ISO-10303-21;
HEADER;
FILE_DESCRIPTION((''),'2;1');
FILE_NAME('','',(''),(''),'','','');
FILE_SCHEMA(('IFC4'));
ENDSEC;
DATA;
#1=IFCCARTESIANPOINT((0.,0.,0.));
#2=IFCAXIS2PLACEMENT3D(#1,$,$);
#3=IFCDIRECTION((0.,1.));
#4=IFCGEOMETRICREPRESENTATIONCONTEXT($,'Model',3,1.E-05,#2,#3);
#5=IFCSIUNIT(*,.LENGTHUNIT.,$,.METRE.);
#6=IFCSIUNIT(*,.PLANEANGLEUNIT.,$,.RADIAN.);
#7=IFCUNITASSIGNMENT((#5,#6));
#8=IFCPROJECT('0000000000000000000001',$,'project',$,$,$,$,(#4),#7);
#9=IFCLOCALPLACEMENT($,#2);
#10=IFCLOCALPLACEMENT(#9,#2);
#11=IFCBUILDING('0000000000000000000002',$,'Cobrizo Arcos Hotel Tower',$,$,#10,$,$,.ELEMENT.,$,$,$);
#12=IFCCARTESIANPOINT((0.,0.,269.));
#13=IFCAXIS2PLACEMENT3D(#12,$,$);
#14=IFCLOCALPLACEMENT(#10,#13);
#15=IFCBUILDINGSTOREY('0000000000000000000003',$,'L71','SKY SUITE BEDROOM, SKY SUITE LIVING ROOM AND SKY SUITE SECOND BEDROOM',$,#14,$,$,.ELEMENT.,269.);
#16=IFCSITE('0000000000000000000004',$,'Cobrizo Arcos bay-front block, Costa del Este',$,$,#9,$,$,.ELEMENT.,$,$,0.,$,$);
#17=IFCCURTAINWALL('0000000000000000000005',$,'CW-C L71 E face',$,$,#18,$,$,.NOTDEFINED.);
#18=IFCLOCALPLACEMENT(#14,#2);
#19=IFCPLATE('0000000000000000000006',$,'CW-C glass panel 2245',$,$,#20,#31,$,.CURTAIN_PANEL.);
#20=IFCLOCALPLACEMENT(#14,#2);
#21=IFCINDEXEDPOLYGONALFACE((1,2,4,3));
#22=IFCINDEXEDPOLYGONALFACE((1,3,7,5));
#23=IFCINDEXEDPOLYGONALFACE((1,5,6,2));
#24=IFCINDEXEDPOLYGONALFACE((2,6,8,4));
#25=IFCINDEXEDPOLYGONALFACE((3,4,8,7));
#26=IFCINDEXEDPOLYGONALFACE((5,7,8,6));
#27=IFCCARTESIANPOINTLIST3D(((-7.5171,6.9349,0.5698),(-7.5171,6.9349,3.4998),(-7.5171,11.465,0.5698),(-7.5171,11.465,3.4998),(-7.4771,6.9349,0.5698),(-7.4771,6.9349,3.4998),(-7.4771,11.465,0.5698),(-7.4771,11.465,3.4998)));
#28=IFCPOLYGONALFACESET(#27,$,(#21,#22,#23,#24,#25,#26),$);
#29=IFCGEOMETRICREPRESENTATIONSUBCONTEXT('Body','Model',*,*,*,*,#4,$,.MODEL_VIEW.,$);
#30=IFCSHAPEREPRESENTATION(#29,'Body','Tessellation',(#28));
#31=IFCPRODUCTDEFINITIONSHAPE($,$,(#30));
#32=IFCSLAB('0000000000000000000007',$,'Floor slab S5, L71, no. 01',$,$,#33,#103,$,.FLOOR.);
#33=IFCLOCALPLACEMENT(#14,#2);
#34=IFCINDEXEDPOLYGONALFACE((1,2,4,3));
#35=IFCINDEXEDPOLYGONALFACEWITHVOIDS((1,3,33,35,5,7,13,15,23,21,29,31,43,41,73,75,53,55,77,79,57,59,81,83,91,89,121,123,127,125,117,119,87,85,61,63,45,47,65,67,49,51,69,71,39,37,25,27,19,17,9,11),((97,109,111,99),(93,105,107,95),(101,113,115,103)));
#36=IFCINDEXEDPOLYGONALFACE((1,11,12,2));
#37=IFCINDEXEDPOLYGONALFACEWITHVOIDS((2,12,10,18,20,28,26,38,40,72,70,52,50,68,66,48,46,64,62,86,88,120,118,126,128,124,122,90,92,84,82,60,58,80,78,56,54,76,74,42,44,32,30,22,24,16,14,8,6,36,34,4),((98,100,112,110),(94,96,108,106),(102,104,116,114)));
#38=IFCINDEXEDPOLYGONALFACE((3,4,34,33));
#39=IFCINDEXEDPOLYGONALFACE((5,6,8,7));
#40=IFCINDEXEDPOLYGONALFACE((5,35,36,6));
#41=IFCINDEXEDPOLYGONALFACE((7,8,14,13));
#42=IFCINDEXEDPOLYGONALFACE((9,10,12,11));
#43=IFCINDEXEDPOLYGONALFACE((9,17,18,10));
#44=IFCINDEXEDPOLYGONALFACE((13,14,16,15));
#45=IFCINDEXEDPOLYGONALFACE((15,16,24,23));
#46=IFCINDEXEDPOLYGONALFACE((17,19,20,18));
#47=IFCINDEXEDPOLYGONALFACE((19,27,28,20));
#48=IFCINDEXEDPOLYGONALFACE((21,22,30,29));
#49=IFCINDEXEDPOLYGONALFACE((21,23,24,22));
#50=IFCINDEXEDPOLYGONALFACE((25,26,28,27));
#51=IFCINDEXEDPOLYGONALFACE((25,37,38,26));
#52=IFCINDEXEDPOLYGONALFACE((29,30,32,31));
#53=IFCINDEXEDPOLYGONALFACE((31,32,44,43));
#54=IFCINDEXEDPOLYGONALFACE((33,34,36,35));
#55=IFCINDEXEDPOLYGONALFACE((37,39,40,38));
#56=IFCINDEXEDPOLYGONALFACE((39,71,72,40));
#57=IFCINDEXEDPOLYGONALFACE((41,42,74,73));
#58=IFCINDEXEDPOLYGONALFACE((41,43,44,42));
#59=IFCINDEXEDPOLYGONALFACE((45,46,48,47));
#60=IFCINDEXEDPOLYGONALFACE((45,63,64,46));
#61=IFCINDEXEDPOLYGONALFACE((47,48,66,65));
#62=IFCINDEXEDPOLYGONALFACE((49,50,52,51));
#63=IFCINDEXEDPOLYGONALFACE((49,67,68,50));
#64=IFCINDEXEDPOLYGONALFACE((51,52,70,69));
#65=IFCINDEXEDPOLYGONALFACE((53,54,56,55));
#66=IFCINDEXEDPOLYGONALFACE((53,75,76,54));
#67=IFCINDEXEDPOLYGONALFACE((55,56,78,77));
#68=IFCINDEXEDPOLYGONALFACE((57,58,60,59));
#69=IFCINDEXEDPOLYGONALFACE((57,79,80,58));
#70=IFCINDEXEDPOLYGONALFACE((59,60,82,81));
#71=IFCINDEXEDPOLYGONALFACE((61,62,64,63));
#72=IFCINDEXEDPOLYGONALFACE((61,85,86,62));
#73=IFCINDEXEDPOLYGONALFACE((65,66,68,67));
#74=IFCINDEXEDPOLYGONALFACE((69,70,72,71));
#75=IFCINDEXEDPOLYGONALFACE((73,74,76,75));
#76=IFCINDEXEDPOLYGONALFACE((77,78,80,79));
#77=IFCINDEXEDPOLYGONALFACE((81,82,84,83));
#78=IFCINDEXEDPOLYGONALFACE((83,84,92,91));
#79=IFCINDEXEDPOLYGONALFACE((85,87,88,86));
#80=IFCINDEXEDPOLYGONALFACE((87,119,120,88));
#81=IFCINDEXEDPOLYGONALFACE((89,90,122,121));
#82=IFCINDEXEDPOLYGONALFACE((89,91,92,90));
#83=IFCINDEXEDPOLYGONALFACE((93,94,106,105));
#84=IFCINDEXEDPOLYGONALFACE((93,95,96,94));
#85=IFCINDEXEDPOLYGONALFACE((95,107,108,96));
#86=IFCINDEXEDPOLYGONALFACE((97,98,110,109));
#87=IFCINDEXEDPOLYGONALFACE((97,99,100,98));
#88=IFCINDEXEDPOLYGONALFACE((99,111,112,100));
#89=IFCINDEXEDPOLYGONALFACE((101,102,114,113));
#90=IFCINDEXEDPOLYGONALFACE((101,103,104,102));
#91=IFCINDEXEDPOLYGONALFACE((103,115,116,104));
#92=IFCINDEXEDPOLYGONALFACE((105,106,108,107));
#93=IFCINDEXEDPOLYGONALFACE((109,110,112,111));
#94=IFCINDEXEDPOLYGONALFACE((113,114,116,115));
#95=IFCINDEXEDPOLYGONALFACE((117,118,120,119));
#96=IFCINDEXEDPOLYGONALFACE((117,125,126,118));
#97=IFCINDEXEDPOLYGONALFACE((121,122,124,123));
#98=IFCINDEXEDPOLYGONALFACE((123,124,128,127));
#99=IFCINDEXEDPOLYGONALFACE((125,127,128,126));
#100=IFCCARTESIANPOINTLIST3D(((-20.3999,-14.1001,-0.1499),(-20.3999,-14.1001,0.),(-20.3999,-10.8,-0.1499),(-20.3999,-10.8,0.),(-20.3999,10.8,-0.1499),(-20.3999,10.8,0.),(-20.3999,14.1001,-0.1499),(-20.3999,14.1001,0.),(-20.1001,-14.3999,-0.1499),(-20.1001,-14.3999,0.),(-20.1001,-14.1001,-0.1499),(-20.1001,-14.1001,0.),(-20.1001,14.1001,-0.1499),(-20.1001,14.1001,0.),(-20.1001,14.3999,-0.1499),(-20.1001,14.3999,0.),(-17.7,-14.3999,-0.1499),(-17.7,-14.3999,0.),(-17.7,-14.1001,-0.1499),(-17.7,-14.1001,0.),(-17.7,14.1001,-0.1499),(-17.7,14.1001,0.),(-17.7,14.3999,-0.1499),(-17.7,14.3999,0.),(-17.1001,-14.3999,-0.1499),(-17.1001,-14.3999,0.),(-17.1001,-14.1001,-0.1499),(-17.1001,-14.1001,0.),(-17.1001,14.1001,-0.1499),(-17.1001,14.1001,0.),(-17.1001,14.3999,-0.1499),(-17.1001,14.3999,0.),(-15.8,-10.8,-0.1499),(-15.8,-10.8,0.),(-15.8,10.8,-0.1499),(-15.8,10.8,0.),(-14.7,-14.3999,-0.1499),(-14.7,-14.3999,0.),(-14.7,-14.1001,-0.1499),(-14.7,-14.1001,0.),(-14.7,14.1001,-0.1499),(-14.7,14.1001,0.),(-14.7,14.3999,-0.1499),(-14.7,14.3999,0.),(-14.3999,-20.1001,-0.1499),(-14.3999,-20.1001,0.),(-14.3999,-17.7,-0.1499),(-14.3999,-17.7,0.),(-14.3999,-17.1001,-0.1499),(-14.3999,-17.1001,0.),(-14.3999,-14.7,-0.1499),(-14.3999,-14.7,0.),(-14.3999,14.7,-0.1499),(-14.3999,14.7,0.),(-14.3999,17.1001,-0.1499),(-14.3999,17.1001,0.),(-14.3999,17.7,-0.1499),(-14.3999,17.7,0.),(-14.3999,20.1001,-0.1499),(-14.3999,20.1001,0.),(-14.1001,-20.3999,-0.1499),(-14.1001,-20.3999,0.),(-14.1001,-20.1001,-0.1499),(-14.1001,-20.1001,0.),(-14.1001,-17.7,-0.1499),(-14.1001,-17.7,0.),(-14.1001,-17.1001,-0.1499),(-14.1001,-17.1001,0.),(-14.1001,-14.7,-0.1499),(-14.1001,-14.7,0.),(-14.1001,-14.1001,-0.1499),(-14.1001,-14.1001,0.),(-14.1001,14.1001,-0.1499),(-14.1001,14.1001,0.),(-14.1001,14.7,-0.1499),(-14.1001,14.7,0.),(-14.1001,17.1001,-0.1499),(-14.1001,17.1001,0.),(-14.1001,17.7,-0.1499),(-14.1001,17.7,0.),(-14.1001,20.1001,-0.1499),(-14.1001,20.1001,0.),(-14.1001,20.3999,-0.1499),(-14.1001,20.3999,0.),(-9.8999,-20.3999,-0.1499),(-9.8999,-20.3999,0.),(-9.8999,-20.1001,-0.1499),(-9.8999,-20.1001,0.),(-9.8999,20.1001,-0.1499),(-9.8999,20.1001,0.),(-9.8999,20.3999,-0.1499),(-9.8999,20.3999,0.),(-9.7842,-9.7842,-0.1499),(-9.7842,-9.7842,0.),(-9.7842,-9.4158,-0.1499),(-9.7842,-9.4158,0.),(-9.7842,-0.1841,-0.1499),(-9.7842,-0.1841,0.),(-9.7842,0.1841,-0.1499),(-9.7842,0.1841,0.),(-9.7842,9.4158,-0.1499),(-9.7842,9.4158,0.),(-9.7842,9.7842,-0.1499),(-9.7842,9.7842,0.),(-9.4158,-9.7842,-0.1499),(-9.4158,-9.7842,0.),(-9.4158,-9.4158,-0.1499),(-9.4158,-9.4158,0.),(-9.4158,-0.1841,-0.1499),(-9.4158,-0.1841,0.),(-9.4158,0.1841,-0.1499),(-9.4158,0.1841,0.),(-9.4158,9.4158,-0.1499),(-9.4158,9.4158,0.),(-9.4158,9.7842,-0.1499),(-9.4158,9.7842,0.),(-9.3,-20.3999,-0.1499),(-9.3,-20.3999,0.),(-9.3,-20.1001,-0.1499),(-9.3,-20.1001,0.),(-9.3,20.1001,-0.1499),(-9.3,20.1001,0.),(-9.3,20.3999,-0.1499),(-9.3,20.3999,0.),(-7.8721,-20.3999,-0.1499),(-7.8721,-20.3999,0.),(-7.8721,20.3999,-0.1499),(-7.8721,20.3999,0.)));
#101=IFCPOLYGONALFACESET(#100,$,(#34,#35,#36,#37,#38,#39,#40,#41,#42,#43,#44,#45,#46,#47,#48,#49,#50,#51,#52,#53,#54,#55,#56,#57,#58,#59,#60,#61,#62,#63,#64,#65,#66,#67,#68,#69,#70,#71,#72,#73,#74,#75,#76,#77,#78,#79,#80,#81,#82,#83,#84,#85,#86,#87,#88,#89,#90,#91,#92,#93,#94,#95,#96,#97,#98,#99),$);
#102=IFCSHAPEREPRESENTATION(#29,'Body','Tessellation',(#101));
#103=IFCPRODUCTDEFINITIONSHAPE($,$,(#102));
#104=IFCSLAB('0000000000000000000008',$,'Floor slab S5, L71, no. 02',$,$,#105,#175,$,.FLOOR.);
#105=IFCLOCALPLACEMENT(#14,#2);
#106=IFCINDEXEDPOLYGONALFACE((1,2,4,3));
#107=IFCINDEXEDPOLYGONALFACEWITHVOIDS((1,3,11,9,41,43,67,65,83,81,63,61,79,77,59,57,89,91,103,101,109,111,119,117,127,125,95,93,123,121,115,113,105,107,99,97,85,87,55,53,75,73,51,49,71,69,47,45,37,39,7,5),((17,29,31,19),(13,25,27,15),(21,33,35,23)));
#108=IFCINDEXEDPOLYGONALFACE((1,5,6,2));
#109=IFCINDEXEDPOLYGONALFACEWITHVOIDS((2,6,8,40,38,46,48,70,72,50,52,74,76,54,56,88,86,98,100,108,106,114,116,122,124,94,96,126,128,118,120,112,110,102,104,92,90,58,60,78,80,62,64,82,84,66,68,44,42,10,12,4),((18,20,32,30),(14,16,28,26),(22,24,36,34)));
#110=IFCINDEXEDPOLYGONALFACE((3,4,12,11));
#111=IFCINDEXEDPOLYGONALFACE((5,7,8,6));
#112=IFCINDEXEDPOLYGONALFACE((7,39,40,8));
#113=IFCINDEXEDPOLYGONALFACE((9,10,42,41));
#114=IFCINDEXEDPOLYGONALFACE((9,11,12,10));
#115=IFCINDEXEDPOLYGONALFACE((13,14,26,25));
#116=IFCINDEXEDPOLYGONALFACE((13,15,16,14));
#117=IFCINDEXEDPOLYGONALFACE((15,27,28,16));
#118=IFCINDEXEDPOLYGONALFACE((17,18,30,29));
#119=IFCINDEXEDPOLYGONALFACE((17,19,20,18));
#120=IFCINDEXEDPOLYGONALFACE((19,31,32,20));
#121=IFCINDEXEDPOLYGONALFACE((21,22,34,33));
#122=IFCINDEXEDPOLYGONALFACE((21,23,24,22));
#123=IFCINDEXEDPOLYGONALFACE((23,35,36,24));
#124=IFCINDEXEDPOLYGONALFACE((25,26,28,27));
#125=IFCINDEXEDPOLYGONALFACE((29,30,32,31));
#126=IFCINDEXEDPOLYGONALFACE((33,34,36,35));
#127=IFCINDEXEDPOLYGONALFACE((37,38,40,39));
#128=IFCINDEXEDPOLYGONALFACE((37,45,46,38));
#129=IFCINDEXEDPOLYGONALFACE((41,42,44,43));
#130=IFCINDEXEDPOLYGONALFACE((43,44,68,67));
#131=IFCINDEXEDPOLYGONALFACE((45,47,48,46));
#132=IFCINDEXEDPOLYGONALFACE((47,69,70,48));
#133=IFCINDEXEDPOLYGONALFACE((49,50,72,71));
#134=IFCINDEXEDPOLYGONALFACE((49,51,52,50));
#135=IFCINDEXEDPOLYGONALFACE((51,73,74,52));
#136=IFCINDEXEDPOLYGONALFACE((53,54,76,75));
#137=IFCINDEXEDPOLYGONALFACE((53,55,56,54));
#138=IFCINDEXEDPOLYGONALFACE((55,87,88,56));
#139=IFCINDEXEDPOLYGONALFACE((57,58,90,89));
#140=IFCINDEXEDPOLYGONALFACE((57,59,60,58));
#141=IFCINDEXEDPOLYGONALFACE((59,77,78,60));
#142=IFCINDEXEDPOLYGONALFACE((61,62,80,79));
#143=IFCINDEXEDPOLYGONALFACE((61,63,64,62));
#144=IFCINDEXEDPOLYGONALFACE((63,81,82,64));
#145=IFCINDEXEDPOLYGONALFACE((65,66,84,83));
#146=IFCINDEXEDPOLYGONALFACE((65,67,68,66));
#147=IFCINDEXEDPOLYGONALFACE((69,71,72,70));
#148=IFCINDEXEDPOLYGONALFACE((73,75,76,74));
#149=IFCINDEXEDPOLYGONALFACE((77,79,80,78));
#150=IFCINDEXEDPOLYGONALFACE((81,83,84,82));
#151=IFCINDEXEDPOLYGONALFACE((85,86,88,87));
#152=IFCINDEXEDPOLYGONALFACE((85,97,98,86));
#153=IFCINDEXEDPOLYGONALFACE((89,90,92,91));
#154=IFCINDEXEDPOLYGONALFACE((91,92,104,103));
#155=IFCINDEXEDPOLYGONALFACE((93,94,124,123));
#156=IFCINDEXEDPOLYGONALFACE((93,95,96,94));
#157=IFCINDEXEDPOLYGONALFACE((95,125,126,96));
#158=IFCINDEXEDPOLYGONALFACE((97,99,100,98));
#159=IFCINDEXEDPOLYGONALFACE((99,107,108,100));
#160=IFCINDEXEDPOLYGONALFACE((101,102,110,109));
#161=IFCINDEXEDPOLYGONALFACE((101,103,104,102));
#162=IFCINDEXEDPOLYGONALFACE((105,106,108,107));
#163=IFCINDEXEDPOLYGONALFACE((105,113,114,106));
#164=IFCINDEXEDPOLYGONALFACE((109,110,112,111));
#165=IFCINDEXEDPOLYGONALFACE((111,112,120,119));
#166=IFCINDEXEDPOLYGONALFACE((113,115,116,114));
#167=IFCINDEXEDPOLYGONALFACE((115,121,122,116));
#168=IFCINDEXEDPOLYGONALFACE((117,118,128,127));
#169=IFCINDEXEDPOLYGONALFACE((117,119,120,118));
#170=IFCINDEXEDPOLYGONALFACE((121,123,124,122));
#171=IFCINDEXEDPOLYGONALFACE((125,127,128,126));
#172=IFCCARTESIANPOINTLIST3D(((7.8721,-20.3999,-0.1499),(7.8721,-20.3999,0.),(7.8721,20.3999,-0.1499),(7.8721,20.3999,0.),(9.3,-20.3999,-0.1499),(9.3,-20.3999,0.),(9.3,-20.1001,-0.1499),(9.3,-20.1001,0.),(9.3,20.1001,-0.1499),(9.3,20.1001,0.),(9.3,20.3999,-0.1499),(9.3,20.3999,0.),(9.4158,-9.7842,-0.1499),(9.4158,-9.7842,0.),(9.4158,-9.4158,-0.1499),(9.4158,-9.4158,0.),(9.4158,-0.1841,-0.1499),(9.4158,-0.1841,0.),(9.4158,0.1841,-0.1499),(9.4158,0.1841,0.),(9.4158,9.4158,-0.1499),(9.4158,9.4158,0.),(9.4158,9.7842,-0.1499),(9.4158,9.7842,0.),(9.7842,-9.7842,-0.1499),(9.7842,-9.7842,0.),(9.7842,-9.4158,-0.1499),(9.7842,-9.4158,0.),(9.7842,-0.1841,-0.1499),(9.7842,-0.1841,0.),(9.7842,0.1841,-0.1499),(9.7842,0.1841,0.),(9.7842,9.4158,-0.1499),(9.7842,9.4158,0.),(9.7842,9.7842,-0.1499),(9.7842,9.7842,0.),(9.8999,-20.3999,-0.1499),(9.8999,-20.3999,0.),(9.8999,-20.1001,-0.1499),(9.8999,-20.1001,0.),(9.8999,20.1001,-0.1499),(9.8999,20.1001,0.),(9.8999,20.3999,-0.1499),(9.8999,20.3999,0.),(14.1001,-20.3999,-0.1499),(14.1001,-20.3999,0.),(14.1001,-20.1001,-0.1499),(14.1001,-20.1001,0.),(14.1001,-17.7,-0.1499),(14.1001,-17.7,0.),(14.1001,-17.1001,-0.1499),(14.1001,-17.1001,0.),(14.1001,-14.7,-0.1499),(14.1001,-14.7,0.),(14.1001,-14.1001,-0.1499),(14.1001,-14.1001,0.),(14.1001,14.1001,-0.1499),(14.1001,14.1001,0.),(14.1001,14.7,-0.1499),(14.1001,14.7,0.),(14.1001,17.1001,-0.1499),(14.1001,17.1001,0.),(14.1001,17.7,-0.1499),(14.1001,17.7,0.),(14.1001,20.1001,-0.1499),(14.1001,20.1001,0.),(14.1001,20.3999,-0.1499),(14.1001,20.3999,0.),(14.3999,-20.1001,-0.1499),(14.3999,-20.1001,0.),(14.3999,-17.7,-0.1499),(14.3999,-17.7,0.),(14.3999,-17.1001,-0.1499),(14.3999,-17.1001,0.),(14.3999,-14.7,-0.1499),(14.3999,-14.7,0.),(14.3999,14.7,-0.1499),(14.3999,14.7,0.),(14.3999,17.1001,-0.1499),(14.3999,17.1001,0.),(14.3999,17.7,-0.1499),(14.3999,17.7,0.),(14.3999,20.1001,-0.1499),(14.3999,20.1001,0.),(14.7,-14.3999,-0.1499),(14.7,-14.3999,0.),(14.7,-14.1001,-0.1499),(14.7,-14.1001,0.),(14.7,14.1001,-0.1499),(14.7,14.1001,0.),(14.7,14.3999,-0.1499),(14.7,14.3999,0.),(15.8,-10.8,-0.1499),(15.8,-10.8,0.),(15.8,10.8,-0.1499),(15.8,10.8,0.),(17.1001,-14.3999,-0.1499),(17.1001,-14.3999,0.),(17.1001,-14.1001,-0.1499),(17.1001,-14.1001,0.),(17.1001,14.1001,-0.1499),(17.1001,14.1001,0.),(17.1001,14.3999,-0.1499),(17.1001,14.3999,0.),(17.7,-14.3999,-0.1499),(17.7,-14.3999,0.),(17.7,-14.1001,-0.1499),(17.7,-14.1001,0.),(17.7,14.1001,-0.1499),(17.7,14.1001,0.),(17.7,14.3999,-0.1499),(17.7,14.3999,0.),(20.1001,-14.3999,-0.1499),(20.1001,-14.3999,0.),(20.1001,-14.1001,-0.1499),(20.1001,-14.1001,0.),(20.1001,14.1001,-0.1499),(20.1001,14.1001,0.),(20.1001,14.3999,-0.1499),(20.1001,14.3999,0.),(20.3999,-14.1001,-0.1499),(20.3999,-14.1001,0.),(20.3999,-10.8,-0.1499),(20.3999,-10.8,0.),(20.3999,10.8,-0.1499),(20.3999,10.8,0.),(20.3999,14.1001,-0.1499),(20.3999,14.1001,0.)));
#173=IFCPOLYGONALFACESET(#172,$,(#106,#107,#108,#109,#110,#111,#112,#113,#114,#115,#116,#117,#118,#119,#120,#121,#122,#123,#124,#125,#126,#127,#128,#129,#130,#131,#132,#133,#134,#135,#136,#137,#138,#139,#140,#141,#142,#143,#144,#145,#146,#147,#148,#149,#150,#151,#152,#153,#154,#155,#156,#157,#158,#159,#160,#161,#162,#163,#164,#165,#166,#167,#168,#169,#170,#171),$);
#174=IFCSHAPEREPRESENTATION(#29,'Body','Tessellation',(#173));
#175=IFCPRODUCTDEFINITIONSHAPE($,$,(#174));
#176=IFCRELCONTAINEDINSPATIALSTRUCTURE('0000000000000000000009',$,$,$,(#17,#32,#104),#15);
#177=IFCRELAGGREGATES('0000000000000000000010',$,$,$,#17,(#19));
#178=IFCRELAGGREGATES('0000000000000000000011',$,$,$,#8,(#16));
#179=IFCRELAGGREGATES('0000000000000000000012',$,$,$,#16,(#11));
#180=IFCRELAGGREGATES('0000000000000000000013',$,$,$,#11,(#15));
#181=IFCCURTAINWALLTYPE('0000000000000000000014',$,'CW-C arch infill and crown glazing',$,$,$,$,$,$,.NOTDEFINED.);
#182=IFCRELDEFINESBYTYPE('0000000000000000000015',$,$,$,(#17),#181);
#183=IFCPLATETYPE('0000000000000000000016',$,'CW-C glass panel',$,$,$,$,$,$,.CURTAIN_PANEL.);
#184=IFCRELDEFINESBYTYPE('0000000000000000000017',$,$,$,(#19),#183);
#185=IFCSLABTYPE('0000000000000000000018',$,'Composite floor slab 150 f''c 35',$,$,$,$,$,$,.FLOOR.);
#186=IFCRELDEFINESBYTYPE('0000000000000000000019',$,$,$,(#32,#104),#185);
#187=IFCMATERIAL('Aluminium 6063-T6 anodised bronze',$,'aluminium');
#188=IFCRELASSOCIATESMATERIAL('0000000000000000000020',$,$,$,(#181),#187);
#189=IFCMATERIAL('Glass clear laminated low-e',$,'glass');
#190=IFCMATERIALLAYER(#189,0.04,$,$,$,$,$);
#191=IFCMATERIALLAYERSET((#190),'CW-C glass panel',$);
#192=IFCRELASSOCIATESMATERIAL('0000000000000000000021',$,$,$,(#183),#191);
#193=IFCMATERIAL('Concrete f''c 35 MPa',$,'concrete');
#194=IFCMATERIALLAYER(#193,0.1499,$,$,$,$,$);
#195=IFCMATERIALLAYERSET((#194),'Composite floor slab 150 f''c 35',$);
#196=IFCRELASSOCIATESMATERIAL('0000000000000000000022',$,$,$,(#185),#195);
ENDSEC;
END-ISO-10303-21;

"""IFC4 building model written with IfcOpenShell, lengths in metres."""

from ifc_helpers import new_model, si_unit, direction, frame, origin, origin_2d, place, context, subcontext, project, spatial, polyline, rectangle, outline, extrude, material, layer, layer_set, type_object, element, aggregate, save


model = new_model("IFC4")

# Units and contexts
model_context = context("Model", 3, precision=1e-05, world=origin(), true_north=direction((0.0, 1.0)))
body_context = subcontext(model_context, "Body", "Model", "MODEL_VIEW")
ifc_project = project(units=[si_unit("LENGTHUNIT", "METRE"), si_unit("PLANEANGLEUNIT", "RADIAN")], contexts=[model_context])

# Site, building, storey
site_placement = place(None, origin())
site = spatial("IfcSite", under=ifc_project, at=site_placement, Name="Cobrizo Arcos bay-front block, Costa del Este", CompositionType="ELEMENT", RefElevation=0.0)
building_placement = place(site_placement, origin())
building = spatial("IfcBuilding", under=site, at=building_placement, Name="Cobrizo Arcos Hotel Tower", CompositionType="ELEMENT")
storey_placement = place(building_placement, frame((0.0, 0.0, 269.0)))
storey = spatial("IfcBuildingStorey", under=building, at=storey_placement, Name="L71", Description="SKY SUITE BEDROOM, SKY SUITE LIVING ROOM AND SKY SUITE SECOND BEDROOM", CompositionType="ELEMENT", Elevation=269.0)

# Curtain wall
ifc_material_1 = material(Name="Aluminium 6063-T6 anodised bronze", Category="aluminium")
curtain_wall_type = type_object("IfcCurtainWallType", Name="CW-C arch infill and crown glazing", PredefinedType="NOTDEFINED", material=ifc_material_1)
curtain_wall_placement = place(storey_placement, origin())
curtain_wall = element("IfcCurtainWall", 1, at=curtain_wall_placement, inside=storey, type_object=curtain_wall_type, Name="CW-C L71 E face", PredefinedType="NOTDEFINED")

# Plate
ifc_material_2 = material(Name="Glass clear laminated low-e", Category="glass")
ifc_layer_1 = layer(ifc_material_2, 0.04)
ifc_layer_set_1 = layer_set([ifc_layer_1], Name="CW-C glass panel")
plate_type = type_object("IfcPlateType", Name="CW-C glass panel", PredefinedType="CURTAIN_PANEL", material=ifc_layer_set_1)
plate_1_placement = place(storey_placement, frame((-7.4971, 9.2, 0.5698), z_axis=(0.0, 0.0, 1.0), x_axis=(0.0, 1.0, 0.0)))
plate_1 = element("IfcPlate", 2, at=plate_1_placement, type_object=plate_type, Name="CW-C glass panel 2245", PredefinedType="CURTAIN_PANEL", context=body_context, shape_type="SweptSolid", body=[
    extrude(rectangle(XDim=4.53, YDim=0.04, at=origin_2d()), origin(), (0.0, 0.0, 1.0), 2.9299),
])
aggregate(curtain_wall, [plate_1])

# Slabs
ifc_material_3 = material(Name="Concrete f'c 35 MPa", Category="concrete")
ifc_layer_2 = layer(ifc_material_3, 0.1499)
ifc_layer_set_2 = layer_set([ifc_layer_2], Name="Composite floor slab 150 f'c 35")
slab_type_1 = type_object("IfcSlabType", Name="Composite floor slab 150 f'c 35", PredefinedType="FLOOR", material=ifc_layer_set_2)
slab_1_placement = place(storey_placement, frame((0.0, 0.0, -0.1499)))
element("IfcSlab", 3, at=slab_1_placement, inside=storey, type_object=slab_type_1, Name="Floor slab S5, L71, no. 01", PredefinedType="FLOOR", context=body_context, shape_type="SweptSolid", body=[
    extrude(outline(polyline([(-14.3999, -17.7), (-14.1001, -17.7), (-14.1001, -17.1001), (-14.3999, -17.1001), (-14.3999, -14.7), (-14.1001, -14.7), (-14.1001, -14.1001), (-14.7, -14.1001), (-14.7, -14.3999), (-17.1001, -14.3999), (-17.1001, -14.1001), (-17.7, -14.1001), (-17.7, -14.3999), (-20.1001, -14.3999), (-20.1001, -14.1001), (-20.3999, -14.1001), (-20.3999, -10.8), (-15.8, -10.8), (-15.8, 10.8), (-20.3999, 10.8), (-20.3999, 14.1001), (-20.1001, 14.1001), (-20.1001, 14.3999), (-17.7, 14.3999), (-17.7, 14.1001), (-17.1001, 14.1001), (-17.1001, 14.3999), (-14.7, 14.3999), (-14.7, 14.1001), (-14.1001, 14.1001), (-14.1001, 14.7), (-14.3999, 14.7), (-14.3999, 17.1001), (-14.1001, 17.1001), (-14.1001, 17.7), (-14.3999, 17.7), (-14.3999, 20.1001), (-14.1001, 20.1001), (-14.1001, 20.3999), (-9.8999, 20.3999), (-9.8999, 20.1001), (-9.3, 20.1001), (-9.3, 20.3999), (-7.8721, 20.3999), (-7.8721, -20.3999), (-9.3, -20.3999), (-9.3, -20.1001), (-9.8999, -20.1001), (-9.8999, -20.3999), (-14.1001, -20.3999), (-14.1001, -20.1001), (-14.3999, -20.1001), (-14.3999, -17.7)]), holes=[polyline([(-9.4158, -9.7842), (-9.4158, -9.4158), (-9.7842, -9.4158), (-9.7842, -9.7842), (-9.4158, -9.7842)]), polyline([(-9.4158, -0.1841), (-9.4158, 0.1841), (-9.7842, 0.1841), (-9.7842, -0.1841), (-9.4158, -0.1841)]), polyline([(-9.4158, 9.4158), (-9.4158, 9.7842), (-9.7842, 9.7842), (-9.7842, 9.4158), (-9.4158, 9.4158)])]), origin(), (0.0, 0.0, 1.0), 0.1499),
])
slab_2_placement = place(storey_placement, frame((0.0, 0.0, -0.1499)))
element("IfcSlab", 4, at=slab_2_placement, inside=storey, type_object=slab_type_1, Name="Floor slab S5, L71, no. 02", PredefinedType="FLOOR", context=body_context, shape_type="SweptSolid", body=[
    extrude(outline(polyline([(14.3999, 17.7), (14.1001, 17.7), (14.1001, 17.1001), (14.3999, 17.1001), (14.3999, 14.7), (14.1001, 14.7), (14.1001, 14.1001), (14.7, 14.1001), (14.7, 14.3999), (17.1001, 14.3999), (17.1001, 14.1001), (17.7, 14.1001), (17.7, 14.3999), (20.1001, 14.3999), (20.1001, 14.1001), (20.3999, 14.1001), (20.3999, 10.8), (15.8, 10.8), (15.8, -10.8), (20.3999, -10.8), (20.3999, -14.1001), (20.1001, -14.1001), (20.1001, -14.3999), (17.7, -14.3999), (17.7, -14.1001), (17.1001, -14.1001), (17.1001, -14.3999), (14.7, -14.3999), (14.7, -14.1001), (14.1001, -14.1001), (14.1001, -14.7), (14.3999, -14.7), (14.3999, -17.1001), (14.1001, -17.1001), (14.1001, -17.7), (14.3999, -17.7), (14.3999, -20.1001), (14.1001, -20.1001), (14.1001, -20.3999), (9.8999, -20.3999), (9.8999, -20.1001), (9.3, -20.1001), (9.3, -20.3999), (7.8721, -20.3999), (7.8721, 20.3999), (9.3, 20.3999), (9.3, 20.1001), (9.8999, 20.1001), (9.8999, 20.3999), (14.1001, 20.3999), (14.1001, 20.1001), (14.3999, 20.1001), (14.3999, 17.7)]), holes=[polyline([(9.7842, -9.7842), (9.7842, -9.4158), (9.4158, -9.4158), (9.4158, -9.7842), (9.7842, -9.7842)]), polyline([(9.7842, -0.1841), (9.7842, 0.1841), (9.4158, 0.1841), (9.4158, -0.1841), (9.7842, -0.1841)]), polyline([(9.7842, 9.4158), (9.7842, 9.7842), (9.4158, 9.7842), (9.4158, 9.4158), (9.7842, 9.4158)])]), origin(), (0.0, 0.0, 1.0), 0.1499),
])

save(model, "model.ifc")
